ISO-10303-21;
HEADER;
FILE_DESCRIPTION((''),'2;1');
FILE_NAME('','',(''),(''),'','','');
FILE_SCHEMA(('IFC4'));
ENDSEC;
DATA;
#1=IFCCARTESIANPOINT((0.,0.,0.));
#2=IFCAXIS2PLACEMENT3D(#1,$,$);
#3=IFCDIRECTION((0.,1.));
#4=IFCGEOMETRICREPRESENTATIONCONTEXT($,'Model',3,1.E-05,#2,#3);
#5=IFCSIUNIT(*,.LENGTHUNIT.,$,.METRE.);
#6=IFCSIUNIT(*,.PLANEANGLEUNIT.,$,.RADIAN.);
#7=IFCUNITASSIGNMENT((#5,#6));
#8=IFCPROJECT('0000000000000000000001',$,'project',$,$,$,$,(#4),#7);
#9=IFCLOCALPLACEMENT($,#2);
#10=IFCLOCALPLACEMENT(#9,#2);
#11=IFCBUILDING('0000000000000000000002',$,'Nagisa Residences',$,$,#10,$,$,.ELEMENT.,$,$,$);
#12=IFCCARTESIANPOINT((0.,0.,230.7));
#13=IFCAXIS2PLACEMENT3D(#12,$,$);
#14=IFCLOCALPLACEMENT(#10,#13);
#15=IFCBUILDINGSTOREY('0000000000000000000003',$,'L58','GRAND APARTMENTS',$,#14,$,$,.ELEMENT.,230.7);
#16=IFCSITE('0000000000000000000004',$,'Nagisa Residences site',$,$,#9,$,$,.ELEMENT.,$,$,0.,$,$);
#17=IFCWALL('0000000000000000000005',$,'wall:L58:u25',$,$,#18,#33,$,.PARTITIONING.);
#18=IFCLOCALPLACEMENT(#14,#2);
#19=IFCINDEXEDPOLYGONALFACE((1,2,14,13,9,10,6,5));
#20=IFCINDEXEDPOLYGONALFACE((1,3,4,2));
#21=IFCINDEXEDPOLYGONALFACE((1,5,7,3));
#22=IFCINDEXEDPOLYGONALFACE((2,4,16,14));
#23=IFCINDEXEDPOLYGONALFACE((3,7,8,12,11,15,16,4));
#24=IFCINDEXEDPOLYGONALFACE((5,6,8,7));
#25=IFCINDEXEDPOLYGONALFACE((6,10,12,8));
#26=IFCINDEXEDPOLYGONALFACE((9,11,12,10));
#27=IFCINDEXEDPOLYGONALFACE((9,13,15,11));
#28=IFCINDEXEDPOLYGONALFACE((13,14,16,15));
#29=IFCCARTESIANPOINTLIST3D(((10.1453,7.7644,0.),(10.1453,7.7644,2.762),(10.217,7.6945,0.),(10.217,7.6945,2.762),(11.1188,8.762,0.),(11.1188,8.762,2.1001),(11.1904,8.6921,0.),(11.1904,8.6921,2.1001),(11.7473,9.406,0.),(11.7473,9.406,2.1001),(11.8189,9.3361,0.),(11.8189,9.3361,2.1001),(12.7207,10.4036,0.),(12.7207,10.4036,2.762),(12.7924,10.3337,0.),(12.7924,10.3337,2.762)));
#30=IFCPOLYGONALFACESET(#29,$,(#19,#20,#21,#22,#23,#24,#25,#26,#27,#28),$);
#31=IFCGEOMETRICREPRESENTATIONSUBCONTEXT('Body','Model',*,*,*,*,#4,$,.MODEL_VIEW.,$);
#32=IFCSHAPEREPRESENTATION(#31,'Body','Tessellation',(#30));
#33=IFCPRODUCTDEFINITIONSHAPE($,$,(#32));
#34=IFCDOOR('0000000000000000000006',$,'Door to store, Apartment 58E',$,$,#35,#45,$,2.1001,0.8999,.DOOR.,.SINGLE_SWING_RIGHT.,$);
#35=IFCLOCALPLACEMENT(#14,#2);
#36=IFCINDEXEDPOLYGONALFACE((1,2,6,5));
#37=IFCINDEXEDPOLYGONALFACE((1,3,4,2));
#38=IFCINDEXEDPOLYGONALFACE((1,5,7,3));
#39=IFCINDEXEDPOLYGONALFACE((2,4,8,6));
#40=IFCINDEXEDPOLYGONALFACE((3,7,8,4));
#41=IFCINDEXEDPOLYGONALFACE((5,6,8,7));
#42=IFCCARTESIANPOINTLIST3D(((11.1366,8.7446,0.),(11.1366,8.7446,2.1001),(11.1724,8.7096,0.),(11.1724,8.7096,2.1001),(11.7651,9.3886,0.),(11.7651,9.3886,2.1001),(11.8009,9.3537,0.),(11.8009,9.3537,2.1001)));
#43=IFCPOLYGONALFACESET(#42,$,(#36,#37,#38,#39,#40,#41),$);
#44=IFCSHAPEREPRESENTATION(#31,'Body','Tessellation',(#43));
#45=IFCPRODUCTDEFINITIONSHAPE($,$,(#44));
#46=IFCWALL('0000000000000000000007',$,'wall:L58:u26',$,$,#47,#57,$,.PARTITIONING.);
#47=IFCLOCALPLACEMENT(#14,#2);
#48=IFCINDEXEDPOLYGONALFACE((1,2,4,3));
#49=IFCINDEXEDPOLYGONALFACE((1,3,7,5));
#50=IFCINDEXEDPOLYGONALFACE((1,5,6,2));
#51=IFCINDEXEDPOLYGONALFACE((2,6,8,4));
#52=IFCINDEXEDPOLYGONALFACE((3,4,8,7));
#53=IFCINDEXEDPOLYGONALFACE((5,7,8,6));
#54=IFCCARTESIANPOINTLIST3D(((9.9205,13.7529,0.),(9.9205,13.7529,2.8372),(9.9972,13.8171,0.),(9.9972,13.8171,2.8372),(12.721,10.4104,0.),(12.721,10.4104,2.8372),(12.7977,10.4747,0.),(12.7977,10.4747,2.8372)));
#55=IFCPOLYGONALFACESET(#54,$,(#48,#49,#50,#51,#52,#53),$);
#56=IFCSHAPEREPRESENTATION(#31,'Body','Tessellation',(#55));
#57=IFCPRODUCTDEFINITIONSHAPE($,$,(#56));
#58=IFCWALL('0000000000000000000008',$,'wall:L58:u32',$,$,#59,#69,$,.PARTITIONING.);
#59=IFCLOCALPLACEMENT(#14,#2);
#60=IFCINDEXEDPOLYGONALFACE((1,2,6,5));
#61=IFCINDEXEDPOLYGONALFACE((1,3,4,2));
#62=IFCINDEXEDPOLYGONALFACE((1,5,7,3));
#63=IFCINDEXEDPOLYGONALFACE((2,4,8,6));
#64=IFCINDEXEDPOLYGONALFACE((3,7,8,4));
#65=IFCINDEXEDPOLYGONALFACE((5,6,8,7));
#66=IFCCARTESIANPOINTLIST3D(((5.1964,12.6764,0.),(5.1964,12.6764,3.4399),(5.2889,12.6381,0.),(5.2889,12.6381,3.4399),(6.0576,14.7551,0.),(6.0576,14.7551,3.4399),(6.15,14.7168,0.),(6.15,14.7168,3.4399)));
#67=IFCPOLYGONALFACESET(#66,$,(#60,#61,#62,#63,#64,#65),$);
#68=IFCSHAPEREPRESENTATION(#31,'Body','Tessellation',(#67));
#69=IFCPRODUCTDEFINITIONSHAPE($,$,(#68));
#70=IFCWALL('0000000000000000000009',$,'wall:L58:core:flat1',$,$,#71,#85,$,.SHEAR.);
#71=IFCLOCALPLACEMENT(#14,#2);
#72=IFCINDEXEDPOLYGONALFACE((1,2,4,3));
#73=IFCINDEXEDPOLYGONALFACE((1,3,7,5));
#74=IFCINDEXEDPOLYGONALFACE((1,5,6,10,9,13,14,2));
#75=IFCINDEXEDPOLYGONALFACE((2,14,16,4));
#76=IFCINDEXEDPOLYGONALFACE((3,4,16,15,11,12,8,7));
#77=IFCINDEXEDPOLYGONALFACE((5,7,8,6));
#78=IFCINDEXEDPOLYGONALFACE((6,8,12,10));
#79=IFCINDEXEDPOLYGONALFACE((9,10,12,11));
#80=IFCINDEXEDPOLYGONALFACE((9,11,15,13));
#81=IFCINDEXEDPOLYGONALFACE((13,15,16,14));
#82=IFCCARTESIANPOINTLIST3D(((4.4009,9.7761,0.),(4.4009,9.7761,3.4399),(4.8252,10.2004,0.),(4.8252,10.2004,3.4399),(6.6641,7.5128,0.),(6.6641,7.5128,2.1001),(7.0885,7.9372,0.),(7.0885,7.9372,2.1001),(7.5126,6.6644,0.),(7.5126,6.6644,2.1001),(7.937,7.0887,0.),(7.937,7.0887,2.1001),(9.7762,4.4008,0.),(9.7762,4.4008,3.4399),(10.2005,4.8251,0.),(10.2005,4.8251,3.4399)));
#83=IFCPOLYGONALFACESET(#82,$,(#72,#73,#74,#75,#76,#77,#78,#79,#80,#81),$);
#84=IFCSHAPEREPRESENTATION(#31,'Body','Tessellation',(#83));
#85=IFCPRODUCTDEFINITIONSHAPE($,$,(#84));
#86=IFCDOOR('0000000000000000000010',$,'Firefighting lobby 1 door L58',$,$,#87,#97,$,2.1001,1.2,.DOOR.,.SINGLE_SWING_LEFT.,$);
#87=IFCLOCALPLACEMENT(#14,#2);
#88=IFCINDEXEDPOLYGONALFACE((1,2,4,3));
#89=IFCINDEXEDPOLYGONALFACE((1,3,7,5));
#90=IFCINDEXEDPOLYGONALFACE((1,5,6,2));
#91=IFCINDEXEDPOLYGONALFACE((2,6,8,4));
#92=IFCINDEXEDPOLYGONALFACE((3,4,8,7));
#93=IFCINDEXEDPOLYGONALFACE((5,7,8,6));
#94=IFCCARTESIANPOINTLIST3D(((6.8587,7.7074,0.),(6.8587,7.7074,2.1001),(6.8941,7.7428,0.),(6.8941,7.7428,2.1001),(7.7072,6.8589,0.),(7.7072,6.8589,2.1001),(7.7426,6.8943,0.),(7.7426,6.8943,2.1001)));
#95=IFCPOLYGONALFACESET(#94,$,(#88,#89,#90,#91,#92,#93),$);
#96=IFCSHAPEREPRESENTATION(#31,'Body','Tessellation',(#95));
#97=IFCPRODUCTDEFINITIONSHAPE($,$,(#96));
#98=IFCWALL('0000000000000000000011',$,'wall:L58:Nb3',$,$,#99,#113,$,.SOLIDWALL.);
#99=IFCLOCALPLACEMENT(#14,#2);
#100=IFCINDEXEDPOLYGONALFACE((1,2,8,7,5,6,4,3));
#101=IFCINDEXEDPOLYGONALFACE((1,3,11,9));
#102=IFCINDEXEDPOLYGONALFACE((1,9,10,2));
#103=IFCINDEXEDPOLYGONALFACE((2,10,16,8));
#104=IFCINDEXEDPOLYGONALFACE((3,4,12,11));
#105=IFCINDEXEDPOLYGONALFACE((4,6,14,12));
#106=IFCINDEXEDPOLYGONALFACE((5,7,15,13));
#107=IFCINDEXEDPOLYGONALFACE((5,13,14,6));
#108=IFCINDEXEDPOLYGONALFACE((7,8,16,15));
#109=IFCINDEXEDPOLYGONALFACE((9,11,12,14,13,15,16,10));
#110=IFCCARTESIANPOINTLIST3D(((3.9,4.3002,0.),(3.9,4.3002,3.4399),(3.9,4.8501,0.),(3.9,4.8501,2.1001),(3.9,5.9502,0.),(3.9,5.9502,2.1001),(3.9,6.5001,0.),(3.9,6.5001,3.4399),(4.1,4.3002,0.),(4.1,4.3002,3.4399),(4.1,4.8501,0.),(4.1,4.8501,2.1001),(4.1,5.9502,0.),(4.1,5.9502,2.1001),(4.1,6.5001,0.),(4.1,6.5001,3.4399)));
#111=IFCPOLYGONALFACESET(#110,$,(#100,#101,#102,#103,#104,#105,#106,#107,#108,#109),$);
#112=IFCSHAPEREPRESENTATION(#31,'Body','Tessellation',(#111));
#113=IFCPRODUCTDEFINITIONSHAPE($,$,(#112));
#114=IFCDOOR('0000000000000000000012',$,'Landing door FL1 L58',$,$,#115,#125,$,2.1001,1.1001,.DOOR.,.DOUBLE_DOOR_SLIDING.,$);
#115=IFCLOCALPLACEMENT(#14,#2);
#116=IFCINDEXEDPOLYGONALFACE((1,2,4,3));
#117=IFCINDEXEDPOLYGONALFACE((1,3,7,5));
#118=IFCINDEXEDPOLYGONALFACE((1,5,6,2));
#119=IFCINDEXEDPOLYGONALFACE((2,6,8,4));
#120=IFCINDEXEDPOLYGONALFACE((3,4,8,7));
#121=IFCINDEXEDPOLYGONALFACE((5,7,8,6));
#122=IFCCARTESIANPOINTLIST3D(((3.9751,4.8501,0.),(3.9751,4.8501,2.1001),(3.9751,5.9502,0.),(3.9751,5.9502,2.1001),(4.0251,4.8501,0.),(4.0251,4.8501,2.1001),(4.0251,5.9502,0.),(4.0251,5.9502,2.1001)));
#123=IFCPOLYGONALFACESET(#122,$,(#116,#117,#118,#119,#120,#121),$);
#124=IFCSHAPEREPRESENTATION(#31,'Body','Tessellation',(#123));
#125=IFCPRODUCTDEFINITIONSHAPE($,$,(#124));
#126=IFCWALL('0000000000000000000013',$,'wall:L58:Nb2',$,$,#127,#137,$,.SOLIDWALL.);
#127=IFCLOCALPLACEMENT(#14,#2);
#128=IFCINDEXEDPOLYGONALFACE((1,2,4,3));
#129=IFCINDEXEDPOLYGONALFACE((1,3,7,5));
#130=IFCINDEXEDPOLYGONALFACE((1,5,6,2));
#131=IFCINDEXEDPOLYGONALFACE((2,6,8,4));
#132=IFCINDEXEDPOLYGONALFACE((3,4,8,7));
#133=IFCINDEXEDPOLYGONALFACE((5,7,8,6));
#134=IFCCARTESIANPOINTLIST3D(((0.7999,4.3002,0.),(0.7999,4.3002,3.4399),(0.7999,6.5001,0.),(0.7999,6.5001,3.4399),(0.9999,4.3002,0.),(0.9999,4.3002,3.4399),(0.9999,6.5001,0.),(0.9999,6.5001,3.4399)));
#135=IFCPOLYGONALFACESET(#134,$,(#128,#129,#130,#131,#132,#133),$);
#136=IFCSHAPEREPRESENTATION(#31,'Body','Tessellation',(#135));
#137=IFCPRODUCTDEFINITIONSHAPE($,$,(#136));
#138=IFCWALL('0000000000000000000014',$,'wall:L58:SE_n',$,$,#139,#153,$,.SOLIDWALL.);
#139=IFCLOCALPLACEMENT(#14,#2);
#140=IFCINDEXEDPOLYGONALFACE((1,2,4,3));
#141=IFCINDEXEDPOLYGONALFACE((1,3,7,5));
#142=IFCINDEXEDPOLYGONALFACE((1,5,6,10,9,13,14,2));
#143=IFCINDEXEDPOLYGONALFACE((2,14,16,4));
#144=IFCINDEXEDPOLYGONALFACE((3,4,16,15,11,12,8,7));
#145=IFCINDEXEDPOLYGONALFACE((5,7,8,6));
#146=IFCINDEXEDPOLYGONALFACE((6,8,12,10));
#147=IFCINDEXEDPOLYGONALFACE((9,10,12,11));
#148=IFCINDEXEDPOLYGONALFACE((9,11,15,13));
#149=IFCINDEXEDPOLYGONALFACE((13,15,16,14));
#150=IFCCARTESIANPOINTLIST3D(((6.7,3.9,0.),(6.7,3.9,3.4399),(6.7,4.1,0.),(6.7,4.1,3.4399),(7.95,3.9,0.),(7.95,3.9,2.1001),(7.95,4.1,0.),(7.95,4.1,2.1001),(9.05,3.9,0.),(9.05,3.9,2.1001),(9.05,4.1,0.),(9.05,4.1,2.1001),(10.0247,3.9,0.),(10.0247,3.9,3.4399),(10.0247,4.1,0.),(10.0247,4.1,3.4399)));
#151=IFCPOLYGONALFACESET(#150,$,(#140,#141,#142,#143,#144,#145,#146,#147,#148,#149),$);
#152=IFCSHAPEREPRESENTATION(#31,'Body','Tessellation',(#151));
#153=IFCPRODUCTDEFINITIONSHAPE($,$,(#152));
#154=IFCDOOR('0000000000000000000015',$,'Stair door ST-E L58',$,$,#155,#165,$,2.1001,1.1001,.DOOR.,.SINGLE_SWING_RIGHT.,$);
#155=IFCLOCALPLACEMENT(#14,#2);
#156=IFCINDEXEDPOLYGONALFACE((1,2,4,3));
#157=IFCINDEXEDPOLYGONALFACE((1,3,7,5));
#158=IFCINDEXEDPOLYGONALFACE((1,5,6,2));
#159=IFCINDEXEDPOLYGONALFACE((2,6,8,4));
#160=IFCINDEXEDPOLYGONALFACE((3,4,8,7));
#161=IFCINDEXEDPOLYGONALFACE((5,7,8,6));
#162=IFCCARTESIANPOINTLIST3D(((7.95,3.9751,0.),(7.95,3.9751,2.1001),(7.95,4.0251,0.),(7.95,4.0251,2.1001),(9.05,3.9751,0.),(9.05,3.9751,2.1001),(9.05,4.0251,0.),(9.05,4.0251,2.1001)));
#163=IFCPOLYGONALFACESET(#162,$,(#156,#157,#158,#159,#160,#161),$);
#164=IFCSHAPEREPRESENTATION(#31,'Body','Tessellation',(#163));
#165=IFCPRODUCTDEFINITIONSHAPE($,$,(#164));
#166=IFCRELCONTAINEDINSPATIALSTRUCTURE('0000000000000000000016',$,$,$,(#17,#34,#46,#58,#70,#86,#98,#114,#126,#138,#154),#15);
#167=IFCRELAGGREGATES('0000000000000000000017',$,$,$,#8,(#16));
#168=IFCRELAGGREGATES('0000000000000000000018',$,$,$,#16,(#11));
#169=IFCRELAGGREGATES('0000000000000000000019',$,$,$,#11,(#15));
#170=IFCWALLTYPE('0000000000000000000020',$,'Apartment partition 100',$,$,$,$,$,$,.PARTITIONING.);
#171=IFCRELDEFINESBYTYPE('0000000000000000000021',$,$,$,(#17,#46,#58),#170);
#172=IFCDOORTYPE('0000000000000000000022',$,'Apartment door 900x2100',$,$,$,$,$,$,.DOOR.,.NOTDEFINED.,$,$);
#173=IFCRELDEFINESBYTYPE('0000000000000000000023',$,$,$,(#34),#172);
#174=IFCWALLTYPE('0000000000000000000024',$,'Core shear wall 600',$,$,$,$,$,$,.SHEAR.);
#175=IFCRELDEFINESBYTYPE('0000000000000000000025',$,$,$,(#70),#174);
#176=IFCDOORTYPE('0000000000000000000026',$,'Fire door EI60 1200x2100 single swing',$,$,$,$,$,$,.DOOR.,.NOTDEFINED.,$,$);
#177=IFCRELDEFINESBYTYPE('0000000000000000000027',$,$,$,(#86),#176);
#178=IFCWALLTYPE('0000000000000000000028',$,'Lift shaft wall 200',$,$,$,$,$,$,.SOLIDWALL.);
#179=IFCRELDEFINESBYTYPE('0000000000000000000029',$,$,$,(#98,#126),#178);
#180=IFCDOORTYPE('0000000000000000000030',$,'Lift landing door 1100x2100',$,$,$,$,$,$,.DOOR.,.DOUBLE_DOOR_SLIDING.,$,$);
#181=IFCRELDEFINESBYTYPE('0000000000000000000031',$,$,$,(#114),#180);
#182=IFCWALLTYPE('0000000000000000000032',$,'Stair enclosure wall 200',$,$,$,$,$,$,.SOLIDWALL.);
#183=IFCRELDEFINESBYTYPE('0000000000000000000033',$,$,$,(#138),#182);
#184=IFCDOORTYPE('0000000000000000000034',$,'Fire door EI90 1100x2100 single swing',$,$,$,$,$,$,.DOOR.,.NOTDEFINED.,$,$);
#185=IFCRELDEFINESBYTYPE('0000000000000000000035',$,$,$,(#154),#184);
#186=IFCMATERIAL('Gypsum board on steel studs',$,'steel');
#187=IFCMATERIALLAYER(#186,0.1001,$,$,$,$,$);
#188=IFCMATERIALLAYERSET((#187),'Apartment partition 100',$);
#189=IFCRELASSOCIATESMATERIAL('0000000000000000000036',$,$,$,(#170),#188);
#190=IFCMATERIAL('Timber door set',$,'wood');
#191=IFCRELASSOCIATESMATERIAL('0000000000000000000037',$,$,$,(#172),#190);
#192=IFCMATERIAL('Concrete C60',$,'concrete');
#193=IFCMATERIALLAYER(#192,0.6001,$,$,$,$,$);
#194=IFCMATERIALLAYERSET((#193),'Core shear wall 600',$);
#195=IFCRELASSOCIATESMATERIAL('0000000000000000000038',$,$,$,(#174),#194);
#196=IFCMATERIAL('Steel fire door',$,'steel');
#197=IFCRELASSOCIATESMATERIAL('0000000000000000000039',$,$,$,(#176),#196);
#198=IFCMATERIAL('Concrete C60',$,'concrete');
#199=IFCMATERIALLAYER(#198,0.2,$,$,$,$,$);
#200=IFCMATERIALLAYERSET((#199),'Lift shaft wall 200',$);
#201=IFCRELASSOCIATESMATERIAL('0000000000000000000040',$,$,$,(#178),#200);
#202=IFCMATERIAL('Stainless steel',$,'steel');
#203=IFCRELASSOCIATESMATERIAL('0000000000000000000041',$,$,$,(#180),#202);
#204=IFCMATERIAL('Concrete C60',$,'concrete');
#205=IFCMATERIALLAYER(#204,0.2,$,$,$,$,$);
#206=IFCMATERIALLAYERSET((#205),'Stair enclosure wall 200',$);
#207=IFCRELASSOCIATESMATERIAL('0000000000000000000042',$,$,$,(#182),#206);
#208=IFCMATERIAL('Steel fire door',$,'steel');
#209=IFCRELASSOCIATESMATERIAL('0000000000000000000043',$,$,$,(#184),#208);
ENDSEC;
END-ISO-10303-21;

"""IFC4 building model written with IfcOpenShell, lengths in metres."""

from ifc_helpers import new_model, si_unit, direction, frame, frame_2d, origin, place, context, subcontext, project, spatial, rectangle, extrude, material, layer, layer_set, type_object, element, fill, save


model = new_model("IFC4")

# Units and contexts
model_context = context("Model", 3, precision=1e-05, world=origin(), true_north=direction((0.0, 1.0)))
body_context = subcontext(model_context, "Body", "Model", "MODEL_VIEW")
ifc_project = project(units=[si_unit("LENGTHUNIT", "METRE"), si_unit("PLANEANGLEUNIT", "RADIAN")], contexts=[model_context])

# Site, building, storey
site_placement = place(None, origin())
site = spatial("IfcSite", under=ifc_project, at=site_placement, Name="Nagisa Residences site", CompositionType="ELEMENT", RefElevation=0.0)
building_placement = place(site_placement, origin())
building = spatial("IfcBuilding", under=site, at=building_placement, Name="Nagisa Residences", CompositionType="ELEMENT")
storey_placement = place(building_placement, frame((0.0, 0.0, 230.7)))
storey = spatial("IfcBuildingStorey", under=building, at=storey_placement, Name="L58", Description="GRAND APARTMENTS", CompositionType="ELEMENT", Elevation=230.7)

# Shared definitions
ifc_material_1 = material(Name="Gypsum board on steel studs", Category="steel")
ifc_layer_1 = layer(ifc_material_1, 0.1001)
ifc_layer_set_1 = layer_set([ifc_layer_1], Name="Apartment partition 100")
wall_type_1 = type_object("IfcWallType", Name="Apartment partition 100", PredefinedType="PARTITIONING", material=ifc_layer_set_1)
ifc_material_2 = material(Name="Timber door set", Category="wood")
door_type_1 = type_object("IfcDoorType", Name="Apartment door 900x2100", OperationType="NOTDEFINED", PredefinedType="DOOR", material=ifc_material_2)

# Wall, opening, door
wall_1_placement = place(storey_placement, frame((10.1812, 7.7295, 0.0), z_axis=(0.0, 0.0, 1.0), x_axis=(0.698414, 0.715694, 0.0)))
wall_1 = element("IfcWall", 1, at=wall_1_placement, inside=storey, type_object=wall_type_1, Name="wall:L58:u25", PredefinedType="PARTITIONING", context=body_context, shape_type="SweptSolid", body=[
    extrude(rectangle(XDim=3.6875, YDim=0.1001, at=frame_2d((1.8438, 0.0))), origin(), (0.0, 0.0, 1.0), 2.762),
])
opening_1_placement = place(wall_1_placement, frame((1.3938, 0.0, 0.0)))
opening_1 = element("IfcOpeningElement", 2, at=opening_1_placement, cuts=wall_1, PredefinedType="OPENING", context=body_context, shape_type="SweptSolid", body=[
    extrude(rectangle(XDim=0.8999, YDim=2.1001, at=frame_2d((0.45, 1.05))), frame((0.0, 0.0601, 0.0), z_axis=(0.0, -1.0, 0.0), x_axis=(1.0, 0.0, 0.0)), (0.0, 0.0, 1.0), 0.1201),
])
door_1_placement = place(opening_1_placement, frame((0.8999, 0.0, 0.0), x_axis=(-1.0, 0.0, 0.0)))
door_1 = element("IfcDoor", 3, at=door_1_placement, inside=storey, type_object=door_type_1, Name="Door to store, Apartment 58E", OperationType="SINGLE_SWING_RIGHT", OverallHeight=2.1001, OverallWidth=0.8999, PredefinedType="DOOR", context=body_context, shape_type="SweptSolid", body=[
    extrude(rectangle(XDim=0.8999, YDim=2.1001, at=frame_2d((0.45, 1.05))), frame((0.0, 0.0249, 0.0), z_axis=(0.0, -1.0, 0.0), x_axis=(1.0, 0.0, 0.0)), (0.0, 0.0, 1.0), 0.05),
])
fill(opening_1, door_1)

# Walls
wall_2_placement = place(storey_placement, frame((12.7593, 10.4426, 0.0), z_axis=(0.0, 0.0, 1.0), x_axis=(-0.642225, 0.766516, 0.0)))
element("IfcWall", 4, at=wall_2_placement, inside=storey, type_object=wall_type_1, Name="wall:L58:u26", PredefinedType="PARTITIONING", context=body_context, shape_type="SweptSolid", body=[
    extrude(rectangle(XDim=4.3606, YDim=0.1001, at=frame_2d((2.1802, 0.0))), origin(), (0.0, 0.0, 1.0), 2.8372),
])
wall_3_placement = place(storey_placement, frame((5.2427, 12.6572, 0.0), z_axis=(0.0, 0.0, 1.0), x_axis=(0.382719, 0.923865, 0.0)))
element("IfcWall", 5, at=wall_3_placement, inside=storey, type_object=wall_type_1, Name="wall:L58:u32", PredefinedType="PARTITIONING", context=body_context, shape_type="SweptSolid", body=[
    extrude(rectangle(XDim=2.25, YDim=0.1001, at=frame_2d((1.125, 0.0))), origin(), (0.0, 0.0, 1.0), 3.4399),
])

# Walls, openings, doors
ifc_material_3 = material(Name="Concrete C60", Category="concrete")
ifc_layer_2 = layer(ifc_material_3, 0.6001)
ifc_layer_set_2 = layer_set([ifc_layer_2], Name="Core shear wall 600")
wall_type_2 = type_object("IfcWallType", Name="Core shear wall 600", PredefinedType="SHEAR", material=ifc_layer_set_2)
wall_4_placement = place(storey_placement, frame((9.9883, 4.613, 0.0), z_axis=(0.0, 0.0, 1.0), x_axis=(-0.707107, 0.707107, 0.0)))
wall_4 = element("IfcWall", 6, at=wall_4_placement, inside=storey, type_object=wall_type_2, Name="wall:L58:core:flat1", PredefinedType="SHEAR", context=body_context, shape_type="SweptSolid", body=[
    extrude(rectangle(XDim=7.6018, YDim=0.6001, at=frame_2d((3.8008, 0.0))), origin(), (0.0, 0.0, 1.0), 3.4399),
])
opening_2_placement = place(wall_4_placement, frame((3.2009, 0.0, 0.0)))
opening_2 = element("IfcOpeningElement", 7, at=opening_2_placement, cuts=wall_4, PredefinedType="OPENING", context=body_context, shape_type="SweptSolid", body=[
    extrude(rectangle(XDim=1.2, YDim=2.1001, at=frame_2d((0.6001, 1.05))), frame((0.0, 0.3101, 0.0), z_axis=(0.0, -1.0, 0.0), x_axis=(1.0, 0.0, 0.0)), (0.0, 0.0, 1.0), 0.6201),
])
ifc_material_4 = material(Name="Steel fire door", Category="steel")
door_type_2 = type_object("IfcDoorType", Name="Fire door EI60 1200x2100 single swing", OperationType="NOTDEFINED", PredefinedType="DOOR", material=ifc_material_4)
door_2_placement = place(opening_2_placement, origin())
door_2 = element("IfcDoor", 8, at=door_2_placement, inside=storey, type_object=door_type_2, Name="Firefighting lobby 1 door L58", OperationType="SINGLE_SWING_LEFT", OverallHeight=2.1001, OverallWidth=1.2, PredefinedType="DOOR", context=body_context, shape_type="SweptSolid", body=[
    extrude(rectangle(XDim=1.2, YDim=2.1001, at=frame_2d((0.6001, 1.05))), frame((0.0, 0.0249, 0.0), z_axis=(0.0, -1.0, 0.0), x_axis=(1.0, 0.0, 0.0)), (0.0, 0.0, 1.0), 0.05),
])
fill(opening_2, door_2)
ifc_material_5 = material(Name="Concrete C60", Category="concrete")
ifc_layer_3 = layer(ifc_material_5, 0.2)
ifc_layer_set_3 = layer_set([ifc_layer_3], Name="Lift shaft wall 200")
wall_type_3 = type_object("IfcWallType", Name="Lift shaft wall 200", PredefinedType="SOLIDWALL", material=ifc_layer_set_3)
wall_5_placement = place(storey_placement, frame((4.0, 4.3, 0.0), z_axis=(0.0, 0.0, 1.0), x_axis=(0.0, 1.0, 0.0)))
wall_5 = element("IfcWall", 9, at=wall_5_placement, inside=storey, type_object=wall_type_3, Name="wall:L58:Nb3", PredefinedType="SOLIDWALL", context=body_context, shape_type="SweptSolid", body=[
    extrude(rectangle(XDim=2.2, YDim=0.2, at=frame_2d((1.1001, 0.0))), origin(), (0.0, 0.0, 1.0), 3.4399),
])
opening_3_placement = place(wall_5_placement, frame((0.55, 0.0, 0.0)))
opening_3 = element("IfcOpeningElement", 10, at=opening_3_placement, cuts=wall_5, PredefinedType="OPENING", context=body_context, shape_type="SweptSolid", body=[
    extrude(rectangle(XDim=1.1001, YDim=2.1001, at=frame_2d((0.55, 1.05))), frame((0.0, 0.1099, 0.0), z_axis=(0.0, -1.0, 0.0), x_axis=(1.0, 0.0, 0.0)), (0.0, 0.0, 1.0), 0.22),
])
ifc_material_6 = material(Name="Stainless steel", Category="steel")
door_type_3 = type_object("IfcDoorType", Name="Lift landing door 1100x2100", OperationType="DOUBLE_DOOR_SLIDING", PredefinedType="DOOR", material=ifc_material_6)
door_3_placement = place(opening_3_placement, origin())
door_3 = element("IfcDoor", 11, at=door_3_placement, inside=storey, type_object=door_type_3, Name="Landing door FL1 L58", OperationType="DOUBLE_DOOR_SLIDING", OverallHeight=2.1001, OverallWidth=1.1001, PredefinedType="DOOR", context=body_context, shape_type="SweptSolid", body=[
    extrude(rectangle(XDim=1.1001, YDim=2.1001, at=frame_2d((0.55, 1.05))), frame((0.0, 0.0249, 0.0), z_axis=(0.0, -1.0, 0.0), x_axis=(1.0, 0.0, 0.0)), (0.0, 0.0, 1.0), 0.05),
])
fill(opening_3, door_3)

# Wall
wall_6_placement = place(storey_placement, frame((0.8999, 4.3, 0.0), z_axis=(0.0, 0.0, 1.0), x_axis=(0.0, 1.0, 0.0)))
element("IfcWall", 12, at=wall_6_placement, inside=storey, type_object=wall_type_3, Name="wall:L58:Nb2", PredefinedType="SOLIDWALL", context=body_context, shape_type="SweptSolid", body=[
    extrude(rectangle(XDim=2.2, YDim=0.2, at=frame_2d((1.1001, 0.0))), origin(), (0.0, 0.0, 1.0), 3.4399),
])

# Wall, opening, door
ifc_material_7 = material(Name="Concrete C60", Category="concrete")
ifc_layer_4 = layer(ifc_material_7, 0.2)
ifc_layer_set_4 = layer_set([ifc_layer_4], Name="Stair enclosure wall 200")
wall_type_4 = type_object("IfcWallType", Name="Stair enclosure wall 200", PredefinedType="SOLIDWALL", material=ifc_layer_set_4)
wall_7_placement = place(storey_placement, frame((6.7, 4.0, 0.0), z_axis=(0.0, 0.0, 1.0), x_axis=(1.0, 0.0, 0.0)))
wall_7 = element("IfcWall", 13, at=wall_7_placement, inside=storey, type_object=wall_type_4, Name="wall:L58:SE_n", PredefinedType="SOLIDWALL", context=body_context, shape_type="SweptSolid", body=[
    extrude(rectangle(XDim=3.3247, YDim=0.2, at=frame_2d((1.6624, 0.0))), origin(), (0.0, 0.0, 1.0), 3.4399),
])
opening_4_placement = place(wall_7_placement, frame((1.25, 0.0, 0.0)))
opening_4 = element("IfcOpeningElement", 14, at=opening_4_placement, cuts=wall_7, PredefinedType="OPENING", context=body_context, shape_type="SweptSolid", body=[
    extrude(rectangle(XDim=1.1001, YDim=2.1001, at=frame_2d((0.55, 1.05))), frame((0.0, 0.1099, 0.0), z_axis=(0.0, -1.0, 0.0), x_axis=(1.0, 0.0, 0.0)), (0.0, 0.0, 1.0), 0.22),
])
ifc_material_8 = material(Name="Steel fire door", Category="steel")
door_type_4 = type_object("IfcDoorType", Name="Fire door EI90 1100x2100 single swing", OperationType="NOTDEFINED", PredefinedType="DOOR", material=ifc_material_8)
door_4_placement = place(opening_4_placement, frame((1.1001, 0.0, 0.0), x_axis=(-1.0, 0.0, 0.0)))
door_4 = element("IfcDoor", 15, at=door_4_placement, inside=storey, type_object=door_type_4, Name="Stair door ST-E L58", OperationType="SINGLE_SWING_RIGHT", OverallHeight=2.1001, OverallWidth=1.1001, PredefinedType="DOOR", context=body_context, shape_type="SweptSolid", body=[
    extrude(rectangle(XDim=1.1001, YDim=2.1001, at=frame_2d((0.55, 1.05))), frame((0.0, 0.0249, 0.0), z_axis=(0.0, -1.0, 0.0), x_axis=(1.0, 0.0, 0.0)), (0.0, 0.0, 1.0), 0.05),
])
fill(opening_4, door_4)

save(model, "model.ifc")
